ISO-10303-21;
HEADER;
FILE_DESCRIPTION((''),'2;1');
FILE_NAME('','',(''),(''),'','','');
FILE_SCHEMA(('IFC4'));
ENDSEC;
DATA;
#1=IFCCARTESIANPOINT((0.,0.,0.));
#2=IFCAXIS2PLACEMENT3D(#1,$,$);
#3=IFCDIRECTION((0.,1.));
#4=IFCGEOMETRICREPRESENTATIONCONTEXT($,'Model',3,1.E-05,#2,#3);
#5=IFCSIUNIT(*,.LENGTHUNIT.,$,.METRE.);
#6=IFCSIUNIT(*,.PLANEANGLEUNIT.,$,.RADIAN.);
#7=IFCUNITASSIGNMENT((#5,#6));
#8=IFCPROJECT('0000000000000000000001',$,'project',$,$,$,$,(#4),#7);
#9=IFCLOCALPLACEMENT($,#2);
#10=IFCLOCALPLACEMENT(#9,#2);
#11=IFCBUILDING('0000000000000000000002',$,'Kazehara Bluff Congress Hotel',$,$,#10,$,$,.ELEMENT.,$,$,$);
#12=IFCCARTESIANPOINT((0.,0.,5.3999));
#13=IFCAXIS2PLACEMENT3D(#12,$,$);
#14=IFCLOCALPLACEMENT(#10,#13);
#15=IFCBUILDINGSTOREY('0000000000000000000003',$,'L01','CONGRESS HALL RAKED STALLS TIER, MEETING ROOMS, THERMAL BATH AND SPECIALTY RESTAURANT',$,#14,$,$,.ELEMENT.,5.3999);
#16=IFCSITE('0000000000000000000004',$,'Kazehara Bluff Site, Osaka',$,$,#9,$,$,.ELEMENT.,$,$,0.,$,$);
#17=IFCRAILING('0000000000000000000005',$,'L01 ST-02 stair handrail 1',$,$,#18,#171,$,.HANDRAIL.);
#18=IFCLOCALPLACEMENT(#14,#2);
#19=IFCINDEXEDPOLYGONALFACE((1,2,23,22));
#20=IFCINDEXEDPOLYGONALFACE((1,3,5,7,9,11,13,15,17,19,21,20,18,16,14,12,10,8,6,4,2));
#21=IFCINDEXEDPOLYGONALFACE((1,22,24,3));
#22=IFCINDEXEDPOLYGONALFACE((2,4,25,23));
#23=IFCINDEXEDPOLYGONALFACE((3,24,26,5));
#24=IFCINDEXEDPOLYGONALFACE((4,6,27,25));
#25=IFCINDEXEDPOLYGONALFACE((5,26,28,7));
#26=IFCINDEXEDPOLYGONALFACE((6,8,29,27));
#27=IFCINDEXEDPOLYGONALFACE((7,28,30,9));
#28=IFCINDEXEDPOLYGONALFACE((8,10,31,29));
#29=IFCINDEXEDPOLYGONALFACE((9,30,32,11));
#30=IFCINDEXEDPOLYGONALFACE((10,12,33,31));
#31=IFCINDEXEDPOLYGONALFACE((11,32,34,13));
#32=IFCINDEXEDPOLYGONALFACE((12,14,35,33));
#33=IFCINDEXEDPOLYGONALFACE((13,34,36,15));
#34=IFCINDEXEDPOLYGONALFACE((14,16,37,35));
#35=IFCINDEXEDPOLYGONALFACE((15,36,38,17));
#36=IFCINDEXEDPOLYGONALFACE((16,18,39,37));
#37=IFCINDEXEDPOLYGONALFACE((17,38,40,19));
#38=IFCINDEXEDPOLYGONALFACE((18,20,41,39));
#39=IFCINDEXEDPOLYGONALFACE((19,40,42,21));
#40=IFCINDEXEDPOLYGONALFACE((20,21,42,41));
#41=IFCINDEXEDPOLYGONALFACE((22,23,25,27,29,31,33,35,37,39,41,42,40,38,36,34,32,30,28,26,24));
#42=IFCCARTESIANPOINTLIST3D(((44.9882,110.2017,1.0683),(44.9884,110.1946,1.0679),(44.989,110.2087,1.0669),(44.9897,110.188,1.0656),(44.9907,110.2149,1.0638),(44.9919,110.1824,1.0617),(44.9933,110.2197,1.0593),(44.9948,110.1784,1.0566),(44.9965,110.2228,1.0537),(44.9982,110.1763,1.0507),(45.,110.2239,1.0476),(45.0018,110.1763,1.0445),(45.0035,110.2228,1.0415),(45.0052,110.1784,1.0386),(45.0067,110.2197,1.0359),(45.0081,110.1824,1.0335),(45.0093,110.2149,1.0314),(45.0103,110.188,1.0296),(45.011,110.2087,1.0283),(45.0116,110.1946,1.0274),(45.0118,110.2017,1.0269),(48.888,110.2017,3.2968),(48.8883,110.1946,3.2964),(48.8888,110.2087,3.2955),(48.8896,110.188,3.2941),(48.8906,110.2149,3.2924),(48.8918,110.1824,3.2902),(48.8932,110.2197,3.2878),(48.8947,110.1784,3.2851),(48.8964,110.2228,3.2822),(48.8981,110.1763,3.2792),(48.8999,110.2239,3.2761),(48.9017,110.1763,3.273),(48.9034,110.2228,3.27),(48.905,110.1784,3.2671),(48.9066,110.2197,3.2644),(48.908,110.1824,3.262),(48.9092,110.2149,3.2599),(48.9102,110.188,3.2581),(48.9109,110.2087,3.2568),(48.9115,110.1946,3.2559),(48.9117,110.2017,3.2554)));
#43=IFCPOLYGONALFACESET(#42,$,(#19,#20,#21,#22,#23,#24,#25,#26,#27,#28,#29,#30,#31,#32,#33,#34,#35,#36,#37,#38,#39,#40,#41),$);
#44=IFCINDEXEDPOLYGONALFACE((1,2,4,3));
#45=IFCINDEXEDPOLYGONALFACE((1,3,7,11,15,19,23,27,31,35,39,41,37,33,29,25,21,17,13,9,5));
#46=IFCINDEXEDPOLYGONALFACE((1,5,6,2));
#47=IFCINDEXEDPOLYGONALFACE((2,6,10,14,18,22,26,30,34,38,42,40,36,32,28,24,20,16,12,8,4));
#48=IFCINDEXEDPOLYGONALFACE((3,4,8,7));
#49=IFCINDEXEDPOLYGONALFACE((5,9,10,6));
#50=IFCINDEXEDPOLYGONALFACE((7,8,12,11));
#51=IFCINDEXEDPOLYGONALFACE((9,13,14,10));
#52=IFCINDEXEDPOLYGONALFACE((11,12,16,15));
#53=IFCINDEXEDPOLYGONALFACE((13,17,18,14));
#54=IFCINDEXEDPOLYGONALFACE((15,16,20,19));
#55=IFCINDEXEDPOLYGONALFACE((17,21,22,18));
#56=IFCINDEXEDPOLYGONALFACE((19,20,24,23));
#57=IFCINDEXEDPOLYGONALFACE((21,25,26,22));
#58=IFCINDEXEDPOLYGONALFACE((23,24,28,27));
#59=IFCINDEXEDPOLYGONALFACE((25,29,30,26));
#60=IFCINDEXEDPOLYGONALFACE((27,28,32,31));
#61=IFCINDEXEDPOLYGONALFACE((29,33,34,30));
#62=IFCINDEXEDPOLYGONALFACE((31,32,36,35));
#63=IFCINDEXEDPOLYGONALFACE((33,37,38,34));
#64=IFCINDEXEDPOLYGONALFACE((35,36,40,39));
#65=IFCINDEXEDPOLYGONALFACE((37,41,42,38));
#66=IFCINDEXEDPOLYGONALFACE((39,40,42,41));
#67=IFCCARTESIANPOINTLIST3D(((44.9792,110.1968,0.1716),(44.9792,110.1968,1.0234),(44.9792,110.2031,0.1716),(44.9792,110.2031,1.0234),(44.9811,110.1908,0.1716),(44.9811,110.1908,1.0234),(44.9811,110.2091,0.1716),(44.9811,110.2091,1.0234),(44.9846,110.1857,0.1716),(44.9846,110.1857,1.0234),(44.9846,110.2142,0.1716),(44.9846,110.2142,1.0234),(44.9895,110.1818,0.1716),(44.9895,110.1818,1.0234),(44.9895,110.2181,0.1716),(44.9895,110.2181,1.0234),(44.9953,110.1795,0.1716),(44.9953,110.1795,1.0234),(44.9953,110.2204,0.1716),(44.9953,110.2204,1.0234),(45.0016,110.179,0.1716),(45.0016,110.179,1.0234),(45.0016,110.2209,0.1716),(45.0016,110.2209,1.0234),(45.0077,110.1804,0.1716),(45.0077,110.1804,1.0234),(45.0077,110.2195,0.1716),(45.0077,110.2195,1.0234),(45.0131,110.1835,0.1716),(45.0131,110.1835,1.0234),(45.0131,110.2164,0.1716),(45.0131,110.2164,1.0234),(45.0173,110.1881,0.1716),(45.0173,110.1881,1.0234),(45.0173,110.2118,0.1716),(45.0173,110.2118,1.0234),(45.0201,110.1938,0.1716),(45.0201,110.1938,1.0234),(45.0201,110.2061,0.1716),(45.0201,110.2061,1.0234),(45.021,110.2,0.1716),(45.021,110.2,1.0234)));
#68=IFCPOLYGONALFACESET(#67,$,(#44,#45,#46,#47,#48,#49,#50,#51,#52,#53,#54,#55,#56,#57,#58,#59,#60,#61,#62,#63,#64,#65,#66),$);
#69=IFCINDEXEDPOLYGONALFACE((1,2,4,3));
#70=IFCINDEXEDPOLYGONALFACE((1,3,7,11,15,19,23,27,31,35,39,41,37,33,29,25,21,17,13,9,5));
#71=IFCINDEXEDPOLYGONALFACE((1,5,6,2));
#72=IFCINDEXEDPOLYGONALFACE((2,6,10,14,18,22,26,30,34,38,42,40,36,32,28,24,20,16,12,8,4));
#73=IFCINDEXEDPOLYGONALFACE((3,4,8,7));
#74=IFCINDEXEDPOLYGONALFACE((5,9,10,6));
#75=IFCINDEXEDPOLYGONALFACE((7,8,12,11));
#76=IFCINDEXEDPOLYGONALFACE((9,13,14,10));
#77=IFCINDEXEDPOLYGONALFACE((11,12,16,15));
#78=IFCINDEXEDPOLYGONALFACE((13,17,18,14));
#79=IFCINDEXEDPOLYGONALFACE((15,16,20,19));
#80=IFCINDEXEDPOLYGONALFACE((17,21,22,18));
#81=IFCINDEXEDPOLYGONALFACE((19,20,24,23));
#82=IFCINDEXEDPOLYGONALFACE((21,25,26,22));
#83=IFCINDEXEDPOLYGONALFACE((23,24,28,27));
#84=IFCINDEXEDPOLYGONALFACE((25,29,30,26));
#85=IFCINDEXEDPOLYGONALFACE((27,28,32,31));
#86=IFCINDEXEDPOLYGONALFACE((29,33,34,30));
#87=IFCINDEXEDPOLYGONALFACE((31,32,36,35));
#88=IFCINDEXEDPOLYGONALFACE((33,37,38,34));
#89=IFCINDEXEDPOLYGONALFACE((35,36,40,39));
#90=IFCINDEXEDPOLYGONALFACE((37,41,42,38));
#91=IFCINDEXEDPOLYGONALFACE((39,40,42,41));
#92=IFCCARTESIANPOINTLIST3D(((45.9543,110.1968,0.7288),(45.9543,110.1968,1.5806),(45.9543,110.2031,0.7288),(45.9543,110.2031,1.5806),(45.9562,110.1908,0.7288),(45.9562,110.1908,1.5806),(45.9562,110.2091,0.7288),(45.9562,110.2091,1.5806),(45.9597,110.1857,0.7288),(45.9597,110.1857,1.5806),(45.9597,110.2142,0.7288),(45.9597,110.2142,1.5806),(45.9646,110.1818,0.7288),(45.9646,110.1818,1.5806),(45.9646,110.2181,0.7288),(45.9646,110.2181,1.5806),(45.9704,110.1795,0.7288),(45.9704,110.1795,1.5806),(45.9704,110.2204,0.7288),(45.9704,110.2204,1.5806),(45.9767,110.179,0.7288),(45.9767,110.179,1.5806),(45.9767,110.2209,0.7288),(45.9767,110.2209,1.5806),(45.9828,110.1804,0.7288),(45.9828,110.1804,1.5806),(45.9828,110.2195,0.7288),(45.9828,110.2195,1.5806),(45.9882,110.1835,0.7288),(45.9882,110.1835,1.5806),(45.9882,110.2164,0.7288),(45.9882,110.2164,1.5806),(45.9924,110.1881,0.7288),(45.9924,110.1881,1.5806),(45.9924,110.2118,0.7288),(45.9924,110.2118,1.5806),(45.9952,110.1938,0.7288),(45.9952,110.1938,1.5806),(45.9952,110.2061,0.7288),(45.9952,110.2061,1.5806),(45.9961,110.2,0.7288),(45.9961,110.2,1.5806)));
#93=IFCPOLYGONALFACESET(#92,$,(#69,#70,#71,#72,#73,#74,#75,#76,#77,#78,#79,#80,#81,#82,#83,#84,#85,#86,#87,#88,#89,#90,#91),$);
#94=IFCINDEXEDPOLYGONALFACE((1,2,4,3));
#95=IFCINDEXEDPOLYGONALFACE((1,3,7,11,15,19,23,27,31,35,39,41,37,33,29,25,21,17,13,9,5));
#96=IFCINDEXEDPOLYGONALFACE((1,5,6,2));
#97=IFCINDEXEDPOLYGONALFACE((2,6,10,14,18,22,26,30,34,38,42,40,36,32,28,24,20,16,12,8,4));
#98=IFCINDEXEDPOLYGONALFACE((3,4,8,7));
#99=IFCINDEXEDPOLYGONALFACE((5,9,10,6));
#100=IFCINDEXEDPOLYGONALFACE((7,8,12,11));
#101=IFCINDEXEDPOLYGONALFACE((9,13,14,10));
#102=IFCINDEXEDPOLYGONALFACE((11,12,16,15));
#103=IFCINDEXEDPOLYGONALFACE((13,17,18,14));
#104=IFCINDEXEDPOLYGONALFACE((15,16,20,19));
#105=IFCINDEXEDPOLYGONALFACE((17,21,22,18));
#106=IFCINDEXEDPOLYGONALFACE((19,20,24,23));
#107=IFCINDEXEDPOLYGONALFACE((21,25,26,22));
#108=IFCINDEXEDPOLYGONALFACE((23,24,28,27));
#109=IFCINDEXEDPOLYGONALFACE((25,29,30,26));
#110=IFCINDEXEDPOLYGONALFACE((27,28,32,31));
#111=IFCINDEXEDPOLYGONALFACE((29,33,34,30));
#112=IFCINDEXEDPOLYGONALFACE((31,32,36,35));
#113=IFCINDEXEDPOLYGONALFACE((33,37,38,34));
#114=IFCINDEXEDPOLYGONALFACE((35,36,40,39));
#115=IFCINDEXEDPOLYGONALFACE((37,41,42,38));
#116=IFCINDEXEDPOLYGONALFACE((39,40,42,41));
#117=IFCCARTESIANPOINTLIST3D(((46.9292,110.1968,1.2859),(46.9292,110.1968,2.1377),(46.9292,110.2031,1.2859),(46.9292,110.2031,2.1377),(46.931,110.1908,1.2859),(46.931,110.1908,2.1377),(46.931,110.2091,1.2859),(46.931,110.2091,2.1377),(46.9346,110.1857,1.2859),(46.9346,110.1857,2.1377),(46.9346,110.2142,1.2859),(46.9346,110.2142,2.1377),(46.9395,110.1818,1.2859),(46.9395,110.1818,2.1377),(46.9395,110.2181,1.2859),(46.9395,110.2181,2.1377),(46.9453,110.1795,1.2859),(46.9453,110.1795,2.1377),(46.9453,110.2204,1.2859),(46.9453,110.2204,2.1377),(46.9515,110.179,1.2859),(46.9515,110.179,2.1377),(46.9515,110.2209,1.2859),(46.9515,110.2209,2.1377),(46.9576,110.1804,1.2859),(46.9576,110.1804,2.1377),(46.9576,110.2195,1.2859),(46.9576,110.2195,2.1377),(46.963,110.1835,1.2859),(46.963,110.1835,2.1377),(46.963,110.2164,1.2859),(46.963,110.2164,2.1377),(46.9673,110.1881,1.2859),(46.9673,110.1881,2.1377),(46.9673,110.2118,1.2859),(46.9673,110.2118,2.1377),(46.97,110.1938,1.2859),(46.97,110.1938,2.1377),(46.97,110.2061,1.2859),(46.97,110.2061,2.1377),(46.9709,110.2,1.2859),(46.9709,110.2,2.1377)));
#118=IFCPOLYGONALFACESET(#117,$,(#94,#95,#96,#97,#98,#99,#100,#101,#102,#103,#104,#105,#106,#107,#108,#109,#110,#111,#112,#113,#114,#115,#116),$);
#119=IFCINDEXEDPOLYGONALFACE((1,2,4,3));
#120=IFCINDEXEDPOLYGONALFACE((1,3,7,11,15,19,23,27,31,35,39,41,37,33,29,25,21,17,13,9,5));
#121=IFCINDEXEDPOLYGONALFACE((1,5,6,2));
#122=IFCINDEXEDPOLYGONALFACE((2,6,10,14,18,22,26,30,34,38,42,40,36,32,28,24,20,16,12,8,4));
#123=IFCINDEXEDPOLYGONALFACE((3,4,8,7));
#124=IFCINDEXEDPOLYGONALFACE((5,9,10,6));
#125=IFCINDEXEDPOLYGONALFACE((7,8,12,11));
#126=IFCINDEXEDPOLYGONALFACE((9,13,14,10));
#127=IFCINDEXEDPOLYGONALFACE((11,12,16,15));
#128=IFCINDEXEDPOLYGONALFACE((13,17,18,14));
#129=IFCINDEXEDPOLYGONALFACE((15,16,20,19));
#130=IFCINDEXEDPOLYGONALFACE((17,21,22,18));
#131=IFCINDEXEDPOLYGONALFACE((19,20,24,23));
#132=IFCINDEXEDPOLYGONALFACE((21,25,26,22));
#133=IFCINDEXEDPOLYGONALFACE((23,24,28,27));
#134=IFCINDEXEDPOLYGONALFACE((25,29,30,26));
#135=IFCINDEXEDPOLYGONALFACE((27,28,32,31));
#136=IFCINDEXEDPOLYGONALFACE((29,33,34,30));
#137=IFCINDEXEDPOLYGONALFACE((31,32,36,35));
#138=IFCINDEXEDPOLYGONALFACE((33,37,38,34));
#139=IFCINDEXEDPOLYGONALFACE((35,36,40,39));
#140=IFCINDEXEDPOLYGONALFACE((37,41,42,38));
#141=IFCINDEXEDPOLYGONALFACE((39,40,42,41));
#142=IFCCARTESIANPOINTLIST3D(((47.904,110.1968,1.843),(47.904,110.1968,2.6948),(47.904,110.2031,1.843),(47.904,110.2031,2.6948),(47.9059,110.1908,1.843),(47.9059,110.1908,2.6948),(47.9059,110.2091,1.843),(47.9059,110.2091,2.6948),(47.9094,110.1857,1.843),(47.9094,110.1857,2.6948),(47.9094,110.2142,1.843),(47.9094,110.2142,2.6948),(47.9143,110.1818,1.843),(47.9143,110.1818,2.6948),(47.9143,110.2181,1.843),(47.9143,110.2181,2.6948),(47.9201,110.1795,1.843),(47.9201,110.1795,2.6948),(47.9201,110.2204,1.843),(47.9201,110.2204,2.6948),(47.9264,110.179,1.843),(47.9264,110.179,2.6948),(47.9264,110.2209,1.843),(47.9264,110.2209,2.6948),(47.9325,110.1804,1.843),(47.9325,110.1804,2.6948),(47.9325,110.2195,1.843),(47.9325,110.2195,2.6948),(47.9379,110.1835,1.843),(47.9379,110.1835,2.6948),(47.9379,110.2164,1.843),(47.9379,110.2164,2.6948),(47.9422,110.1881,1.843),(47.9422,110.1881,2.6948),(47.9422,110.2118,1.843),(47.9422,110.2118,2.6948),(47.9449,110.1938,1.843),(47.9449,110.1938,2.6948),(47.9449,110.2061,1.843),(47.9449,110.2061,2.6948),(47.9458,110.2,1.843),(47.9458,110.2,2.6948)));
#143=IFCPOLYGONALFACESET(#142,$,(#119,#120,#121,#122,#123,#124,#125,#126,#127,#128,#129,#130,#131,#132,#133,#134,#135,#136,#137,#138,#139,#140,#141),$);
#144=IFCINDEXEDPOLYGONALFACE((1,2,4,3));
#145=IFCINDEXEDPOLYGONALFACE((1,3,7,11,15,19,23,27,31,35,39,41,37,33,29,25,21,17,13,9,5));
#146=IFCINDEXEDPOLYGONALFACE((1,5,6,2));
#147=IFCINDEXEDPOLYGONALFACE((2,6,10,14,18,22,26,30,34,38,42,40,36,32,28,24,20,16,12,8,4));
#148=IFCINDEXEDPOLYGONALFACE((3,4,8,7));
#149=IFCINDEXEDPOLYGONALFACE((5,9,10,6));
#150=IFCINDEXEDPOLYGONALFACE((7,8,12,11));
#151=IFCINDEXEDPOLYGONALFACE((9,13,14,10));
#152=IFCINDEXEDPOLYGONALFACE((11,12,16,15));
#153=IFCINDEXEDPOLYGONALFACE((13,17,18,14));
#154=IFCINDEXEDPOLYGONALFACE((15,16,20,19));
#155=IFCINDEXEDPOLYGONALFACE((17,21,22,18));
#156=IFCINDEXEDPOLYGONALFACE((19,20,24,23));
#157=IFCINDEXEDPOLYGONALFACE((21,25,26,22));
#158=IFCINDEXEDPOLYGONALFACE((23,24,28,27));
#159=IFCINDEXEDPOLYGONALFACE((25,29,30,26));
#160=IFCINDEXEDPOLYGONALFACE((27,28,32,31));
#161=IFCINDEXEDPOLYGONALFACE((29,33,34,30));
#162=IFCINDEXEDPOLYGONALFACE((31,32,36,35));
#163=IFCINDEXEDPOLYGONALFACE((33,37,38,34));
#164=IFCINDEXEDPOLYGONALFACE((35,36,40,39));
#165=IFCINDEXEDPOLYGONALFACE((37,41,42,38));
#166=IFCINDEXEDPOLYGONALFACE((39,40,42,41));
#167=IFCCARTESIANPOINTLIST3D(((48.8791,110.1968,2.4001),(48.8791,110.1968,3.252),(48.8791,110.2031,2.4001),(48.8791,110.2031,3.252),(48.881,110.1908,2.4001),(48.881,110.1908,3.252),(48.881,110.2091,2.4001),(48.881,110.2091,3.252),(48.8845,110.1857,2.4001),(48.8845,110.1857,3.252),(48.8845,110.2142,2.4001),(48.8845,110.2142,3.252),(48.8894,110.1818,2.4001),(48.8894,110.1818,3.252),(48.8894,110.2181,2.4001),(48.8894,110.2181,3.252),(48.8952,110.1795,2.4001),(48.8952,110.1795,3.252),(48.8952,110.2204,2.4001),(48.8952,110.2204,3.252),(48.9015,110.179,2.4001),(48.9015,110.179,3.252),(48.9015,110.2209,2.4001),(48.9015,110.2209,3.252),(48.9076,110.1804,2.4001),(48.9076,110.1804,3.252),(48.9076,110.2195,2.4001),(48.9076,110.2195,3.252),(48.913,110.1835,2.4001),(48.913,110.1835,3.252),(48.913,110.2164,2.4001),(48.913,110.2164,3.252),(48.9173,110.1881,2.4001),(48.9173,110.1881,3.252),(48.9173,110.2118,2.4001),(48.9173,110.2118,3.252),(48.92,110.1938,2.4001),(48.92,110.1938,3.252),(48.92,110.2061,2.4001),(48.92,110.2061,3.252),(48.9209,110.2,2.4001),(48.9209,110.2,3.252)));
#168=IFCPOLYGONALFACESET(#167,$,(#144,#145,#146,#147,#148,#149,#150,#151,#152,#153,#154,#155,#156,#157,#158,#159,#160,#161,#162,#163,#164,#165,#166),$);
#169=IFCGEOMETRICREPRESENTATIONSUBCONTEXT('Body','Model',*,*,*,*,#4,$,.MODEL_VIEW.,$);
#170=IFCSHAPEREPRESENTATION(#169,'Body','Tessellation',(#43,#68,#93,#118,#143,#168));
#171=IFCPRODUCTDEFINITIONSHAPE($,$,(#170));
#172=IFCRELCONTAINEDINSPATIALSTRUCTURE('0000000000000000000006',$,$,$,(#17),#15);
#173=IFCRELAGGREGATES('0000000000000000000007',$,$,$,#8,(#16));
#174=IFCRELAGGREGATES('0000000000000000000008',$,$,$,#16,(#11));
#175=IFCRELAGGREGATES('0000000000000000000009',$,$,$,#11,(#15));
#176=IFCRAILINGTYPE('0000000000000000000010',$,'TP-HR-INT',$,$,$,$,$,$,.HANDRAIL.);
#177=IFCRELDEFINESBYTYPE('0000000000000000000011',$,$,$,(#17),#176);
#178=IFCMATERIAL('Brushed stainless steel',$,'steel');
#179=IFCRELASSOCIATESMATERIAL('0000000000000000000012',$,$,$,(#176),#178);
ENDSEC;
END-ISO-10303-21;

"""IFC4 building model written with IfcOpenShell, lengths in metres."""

from ifc_helpers import new_model, si_unit, direction, frame, origin, origin_2d, place, context, subcontext, project, spatial, circle, extrude, material, type_object, element, save


model = new_model("IFC4")

# Units and contexts
model_context = context("Model", 3, precision=1e-05, world=origin(), true_north=direction((0.0, 1.0)))
body_context = subcontext(model_context, "Body", "Model", "MODEL_VIEW")
ifc_project = project(units=[si_unit("LENGTHUNIT", "METRE"), si_unit("PLANEANGLEUNIT", "RADIAN")], contexts=[model_context])

# Site, building, storey
site_placement = place(None, origin())
site = spatial("IfcSite", under=ifc_project, at=site_placement, Name="Kazehara Bluff Site, Osaka", CompositionType="ELEMENT", RefElevation=0.0)
building_placement = place(site_placement, origin())
building = spatial("IfcBuilding", under=site, at=building_placement, Name="Kazehara Bluff Congress Hotel", CompositionType="ELEMENT")
storey_placement = place(building_placement, frame((0.0, 0.0, 5.3999)))
storey = spatial("IfcBuildingStorey", under=building, at=storey_placement, Name="L01", Description="CONGRESS HALL RAKED STALLS TIER, MEETING ROOMS, THERMAL BATH AND SPECIALTY RESTAURANT", CompositionType="ELEMENT", Elevation=5.3999)

# Railing
ifc_material_1 = material(Name="Brushed stainless steel", Category="steel")
railing_type_1 = type_object("IfcRailingType", Name="TP-HR-INT", PredefinedType="HANDRAIL", material=ifc_material_1)
railing_1_placement = place(storey_placement, frame((45.0, 110.2, 0.1716)))
element("IfcRailing", 1, at=railing_1_placement, inside=storey, type_object=railing_type_1, Name="L01 ST-02 stair handrail 1", PredefinedType="HANDRAIL", context=body_context, shape_type="SweptSolid", body=[
    extrude(circle(Radius=0.0239, at=origin_2d()), frame((0.0, 0.0, 0.876), z_axis=(0.868243, 0.0, 0.496139), x_axis=(0.0, 1.0, 0.0)), (0.0, 0.0, 1.0), 4.4917),
    extrude(circle(Radius=0.021, at=origin_2d()), origin(), (0.0, 0.0, 1.0), 0.8518),
    extrude(circle(Radius=0.021, at=origin_2d()), frame((0.9751, 0.0, 0.5571)), (0.0, 0.0, 1.0), 0.8518),
    extrude(circle(Radius=0.021, at=origin_2d()), frame((1.95, 0.0, 1.1143)), (0.0, 0.0, 1.0), 0.8518),
    extrude(circle(Radius=0.021, at=origin_2d()), frame((2.9248, 0.0, 1.6714)), (0.0, 0.0, 1.0), 0.8518),
    extrude(circle(Radius=0.021, at=origin_2d()), frame((3.8999, 0.0, 2.2285)), (0.0, 0.0, 1.0), 0.8518),
])

save(model, "model.ifc")
